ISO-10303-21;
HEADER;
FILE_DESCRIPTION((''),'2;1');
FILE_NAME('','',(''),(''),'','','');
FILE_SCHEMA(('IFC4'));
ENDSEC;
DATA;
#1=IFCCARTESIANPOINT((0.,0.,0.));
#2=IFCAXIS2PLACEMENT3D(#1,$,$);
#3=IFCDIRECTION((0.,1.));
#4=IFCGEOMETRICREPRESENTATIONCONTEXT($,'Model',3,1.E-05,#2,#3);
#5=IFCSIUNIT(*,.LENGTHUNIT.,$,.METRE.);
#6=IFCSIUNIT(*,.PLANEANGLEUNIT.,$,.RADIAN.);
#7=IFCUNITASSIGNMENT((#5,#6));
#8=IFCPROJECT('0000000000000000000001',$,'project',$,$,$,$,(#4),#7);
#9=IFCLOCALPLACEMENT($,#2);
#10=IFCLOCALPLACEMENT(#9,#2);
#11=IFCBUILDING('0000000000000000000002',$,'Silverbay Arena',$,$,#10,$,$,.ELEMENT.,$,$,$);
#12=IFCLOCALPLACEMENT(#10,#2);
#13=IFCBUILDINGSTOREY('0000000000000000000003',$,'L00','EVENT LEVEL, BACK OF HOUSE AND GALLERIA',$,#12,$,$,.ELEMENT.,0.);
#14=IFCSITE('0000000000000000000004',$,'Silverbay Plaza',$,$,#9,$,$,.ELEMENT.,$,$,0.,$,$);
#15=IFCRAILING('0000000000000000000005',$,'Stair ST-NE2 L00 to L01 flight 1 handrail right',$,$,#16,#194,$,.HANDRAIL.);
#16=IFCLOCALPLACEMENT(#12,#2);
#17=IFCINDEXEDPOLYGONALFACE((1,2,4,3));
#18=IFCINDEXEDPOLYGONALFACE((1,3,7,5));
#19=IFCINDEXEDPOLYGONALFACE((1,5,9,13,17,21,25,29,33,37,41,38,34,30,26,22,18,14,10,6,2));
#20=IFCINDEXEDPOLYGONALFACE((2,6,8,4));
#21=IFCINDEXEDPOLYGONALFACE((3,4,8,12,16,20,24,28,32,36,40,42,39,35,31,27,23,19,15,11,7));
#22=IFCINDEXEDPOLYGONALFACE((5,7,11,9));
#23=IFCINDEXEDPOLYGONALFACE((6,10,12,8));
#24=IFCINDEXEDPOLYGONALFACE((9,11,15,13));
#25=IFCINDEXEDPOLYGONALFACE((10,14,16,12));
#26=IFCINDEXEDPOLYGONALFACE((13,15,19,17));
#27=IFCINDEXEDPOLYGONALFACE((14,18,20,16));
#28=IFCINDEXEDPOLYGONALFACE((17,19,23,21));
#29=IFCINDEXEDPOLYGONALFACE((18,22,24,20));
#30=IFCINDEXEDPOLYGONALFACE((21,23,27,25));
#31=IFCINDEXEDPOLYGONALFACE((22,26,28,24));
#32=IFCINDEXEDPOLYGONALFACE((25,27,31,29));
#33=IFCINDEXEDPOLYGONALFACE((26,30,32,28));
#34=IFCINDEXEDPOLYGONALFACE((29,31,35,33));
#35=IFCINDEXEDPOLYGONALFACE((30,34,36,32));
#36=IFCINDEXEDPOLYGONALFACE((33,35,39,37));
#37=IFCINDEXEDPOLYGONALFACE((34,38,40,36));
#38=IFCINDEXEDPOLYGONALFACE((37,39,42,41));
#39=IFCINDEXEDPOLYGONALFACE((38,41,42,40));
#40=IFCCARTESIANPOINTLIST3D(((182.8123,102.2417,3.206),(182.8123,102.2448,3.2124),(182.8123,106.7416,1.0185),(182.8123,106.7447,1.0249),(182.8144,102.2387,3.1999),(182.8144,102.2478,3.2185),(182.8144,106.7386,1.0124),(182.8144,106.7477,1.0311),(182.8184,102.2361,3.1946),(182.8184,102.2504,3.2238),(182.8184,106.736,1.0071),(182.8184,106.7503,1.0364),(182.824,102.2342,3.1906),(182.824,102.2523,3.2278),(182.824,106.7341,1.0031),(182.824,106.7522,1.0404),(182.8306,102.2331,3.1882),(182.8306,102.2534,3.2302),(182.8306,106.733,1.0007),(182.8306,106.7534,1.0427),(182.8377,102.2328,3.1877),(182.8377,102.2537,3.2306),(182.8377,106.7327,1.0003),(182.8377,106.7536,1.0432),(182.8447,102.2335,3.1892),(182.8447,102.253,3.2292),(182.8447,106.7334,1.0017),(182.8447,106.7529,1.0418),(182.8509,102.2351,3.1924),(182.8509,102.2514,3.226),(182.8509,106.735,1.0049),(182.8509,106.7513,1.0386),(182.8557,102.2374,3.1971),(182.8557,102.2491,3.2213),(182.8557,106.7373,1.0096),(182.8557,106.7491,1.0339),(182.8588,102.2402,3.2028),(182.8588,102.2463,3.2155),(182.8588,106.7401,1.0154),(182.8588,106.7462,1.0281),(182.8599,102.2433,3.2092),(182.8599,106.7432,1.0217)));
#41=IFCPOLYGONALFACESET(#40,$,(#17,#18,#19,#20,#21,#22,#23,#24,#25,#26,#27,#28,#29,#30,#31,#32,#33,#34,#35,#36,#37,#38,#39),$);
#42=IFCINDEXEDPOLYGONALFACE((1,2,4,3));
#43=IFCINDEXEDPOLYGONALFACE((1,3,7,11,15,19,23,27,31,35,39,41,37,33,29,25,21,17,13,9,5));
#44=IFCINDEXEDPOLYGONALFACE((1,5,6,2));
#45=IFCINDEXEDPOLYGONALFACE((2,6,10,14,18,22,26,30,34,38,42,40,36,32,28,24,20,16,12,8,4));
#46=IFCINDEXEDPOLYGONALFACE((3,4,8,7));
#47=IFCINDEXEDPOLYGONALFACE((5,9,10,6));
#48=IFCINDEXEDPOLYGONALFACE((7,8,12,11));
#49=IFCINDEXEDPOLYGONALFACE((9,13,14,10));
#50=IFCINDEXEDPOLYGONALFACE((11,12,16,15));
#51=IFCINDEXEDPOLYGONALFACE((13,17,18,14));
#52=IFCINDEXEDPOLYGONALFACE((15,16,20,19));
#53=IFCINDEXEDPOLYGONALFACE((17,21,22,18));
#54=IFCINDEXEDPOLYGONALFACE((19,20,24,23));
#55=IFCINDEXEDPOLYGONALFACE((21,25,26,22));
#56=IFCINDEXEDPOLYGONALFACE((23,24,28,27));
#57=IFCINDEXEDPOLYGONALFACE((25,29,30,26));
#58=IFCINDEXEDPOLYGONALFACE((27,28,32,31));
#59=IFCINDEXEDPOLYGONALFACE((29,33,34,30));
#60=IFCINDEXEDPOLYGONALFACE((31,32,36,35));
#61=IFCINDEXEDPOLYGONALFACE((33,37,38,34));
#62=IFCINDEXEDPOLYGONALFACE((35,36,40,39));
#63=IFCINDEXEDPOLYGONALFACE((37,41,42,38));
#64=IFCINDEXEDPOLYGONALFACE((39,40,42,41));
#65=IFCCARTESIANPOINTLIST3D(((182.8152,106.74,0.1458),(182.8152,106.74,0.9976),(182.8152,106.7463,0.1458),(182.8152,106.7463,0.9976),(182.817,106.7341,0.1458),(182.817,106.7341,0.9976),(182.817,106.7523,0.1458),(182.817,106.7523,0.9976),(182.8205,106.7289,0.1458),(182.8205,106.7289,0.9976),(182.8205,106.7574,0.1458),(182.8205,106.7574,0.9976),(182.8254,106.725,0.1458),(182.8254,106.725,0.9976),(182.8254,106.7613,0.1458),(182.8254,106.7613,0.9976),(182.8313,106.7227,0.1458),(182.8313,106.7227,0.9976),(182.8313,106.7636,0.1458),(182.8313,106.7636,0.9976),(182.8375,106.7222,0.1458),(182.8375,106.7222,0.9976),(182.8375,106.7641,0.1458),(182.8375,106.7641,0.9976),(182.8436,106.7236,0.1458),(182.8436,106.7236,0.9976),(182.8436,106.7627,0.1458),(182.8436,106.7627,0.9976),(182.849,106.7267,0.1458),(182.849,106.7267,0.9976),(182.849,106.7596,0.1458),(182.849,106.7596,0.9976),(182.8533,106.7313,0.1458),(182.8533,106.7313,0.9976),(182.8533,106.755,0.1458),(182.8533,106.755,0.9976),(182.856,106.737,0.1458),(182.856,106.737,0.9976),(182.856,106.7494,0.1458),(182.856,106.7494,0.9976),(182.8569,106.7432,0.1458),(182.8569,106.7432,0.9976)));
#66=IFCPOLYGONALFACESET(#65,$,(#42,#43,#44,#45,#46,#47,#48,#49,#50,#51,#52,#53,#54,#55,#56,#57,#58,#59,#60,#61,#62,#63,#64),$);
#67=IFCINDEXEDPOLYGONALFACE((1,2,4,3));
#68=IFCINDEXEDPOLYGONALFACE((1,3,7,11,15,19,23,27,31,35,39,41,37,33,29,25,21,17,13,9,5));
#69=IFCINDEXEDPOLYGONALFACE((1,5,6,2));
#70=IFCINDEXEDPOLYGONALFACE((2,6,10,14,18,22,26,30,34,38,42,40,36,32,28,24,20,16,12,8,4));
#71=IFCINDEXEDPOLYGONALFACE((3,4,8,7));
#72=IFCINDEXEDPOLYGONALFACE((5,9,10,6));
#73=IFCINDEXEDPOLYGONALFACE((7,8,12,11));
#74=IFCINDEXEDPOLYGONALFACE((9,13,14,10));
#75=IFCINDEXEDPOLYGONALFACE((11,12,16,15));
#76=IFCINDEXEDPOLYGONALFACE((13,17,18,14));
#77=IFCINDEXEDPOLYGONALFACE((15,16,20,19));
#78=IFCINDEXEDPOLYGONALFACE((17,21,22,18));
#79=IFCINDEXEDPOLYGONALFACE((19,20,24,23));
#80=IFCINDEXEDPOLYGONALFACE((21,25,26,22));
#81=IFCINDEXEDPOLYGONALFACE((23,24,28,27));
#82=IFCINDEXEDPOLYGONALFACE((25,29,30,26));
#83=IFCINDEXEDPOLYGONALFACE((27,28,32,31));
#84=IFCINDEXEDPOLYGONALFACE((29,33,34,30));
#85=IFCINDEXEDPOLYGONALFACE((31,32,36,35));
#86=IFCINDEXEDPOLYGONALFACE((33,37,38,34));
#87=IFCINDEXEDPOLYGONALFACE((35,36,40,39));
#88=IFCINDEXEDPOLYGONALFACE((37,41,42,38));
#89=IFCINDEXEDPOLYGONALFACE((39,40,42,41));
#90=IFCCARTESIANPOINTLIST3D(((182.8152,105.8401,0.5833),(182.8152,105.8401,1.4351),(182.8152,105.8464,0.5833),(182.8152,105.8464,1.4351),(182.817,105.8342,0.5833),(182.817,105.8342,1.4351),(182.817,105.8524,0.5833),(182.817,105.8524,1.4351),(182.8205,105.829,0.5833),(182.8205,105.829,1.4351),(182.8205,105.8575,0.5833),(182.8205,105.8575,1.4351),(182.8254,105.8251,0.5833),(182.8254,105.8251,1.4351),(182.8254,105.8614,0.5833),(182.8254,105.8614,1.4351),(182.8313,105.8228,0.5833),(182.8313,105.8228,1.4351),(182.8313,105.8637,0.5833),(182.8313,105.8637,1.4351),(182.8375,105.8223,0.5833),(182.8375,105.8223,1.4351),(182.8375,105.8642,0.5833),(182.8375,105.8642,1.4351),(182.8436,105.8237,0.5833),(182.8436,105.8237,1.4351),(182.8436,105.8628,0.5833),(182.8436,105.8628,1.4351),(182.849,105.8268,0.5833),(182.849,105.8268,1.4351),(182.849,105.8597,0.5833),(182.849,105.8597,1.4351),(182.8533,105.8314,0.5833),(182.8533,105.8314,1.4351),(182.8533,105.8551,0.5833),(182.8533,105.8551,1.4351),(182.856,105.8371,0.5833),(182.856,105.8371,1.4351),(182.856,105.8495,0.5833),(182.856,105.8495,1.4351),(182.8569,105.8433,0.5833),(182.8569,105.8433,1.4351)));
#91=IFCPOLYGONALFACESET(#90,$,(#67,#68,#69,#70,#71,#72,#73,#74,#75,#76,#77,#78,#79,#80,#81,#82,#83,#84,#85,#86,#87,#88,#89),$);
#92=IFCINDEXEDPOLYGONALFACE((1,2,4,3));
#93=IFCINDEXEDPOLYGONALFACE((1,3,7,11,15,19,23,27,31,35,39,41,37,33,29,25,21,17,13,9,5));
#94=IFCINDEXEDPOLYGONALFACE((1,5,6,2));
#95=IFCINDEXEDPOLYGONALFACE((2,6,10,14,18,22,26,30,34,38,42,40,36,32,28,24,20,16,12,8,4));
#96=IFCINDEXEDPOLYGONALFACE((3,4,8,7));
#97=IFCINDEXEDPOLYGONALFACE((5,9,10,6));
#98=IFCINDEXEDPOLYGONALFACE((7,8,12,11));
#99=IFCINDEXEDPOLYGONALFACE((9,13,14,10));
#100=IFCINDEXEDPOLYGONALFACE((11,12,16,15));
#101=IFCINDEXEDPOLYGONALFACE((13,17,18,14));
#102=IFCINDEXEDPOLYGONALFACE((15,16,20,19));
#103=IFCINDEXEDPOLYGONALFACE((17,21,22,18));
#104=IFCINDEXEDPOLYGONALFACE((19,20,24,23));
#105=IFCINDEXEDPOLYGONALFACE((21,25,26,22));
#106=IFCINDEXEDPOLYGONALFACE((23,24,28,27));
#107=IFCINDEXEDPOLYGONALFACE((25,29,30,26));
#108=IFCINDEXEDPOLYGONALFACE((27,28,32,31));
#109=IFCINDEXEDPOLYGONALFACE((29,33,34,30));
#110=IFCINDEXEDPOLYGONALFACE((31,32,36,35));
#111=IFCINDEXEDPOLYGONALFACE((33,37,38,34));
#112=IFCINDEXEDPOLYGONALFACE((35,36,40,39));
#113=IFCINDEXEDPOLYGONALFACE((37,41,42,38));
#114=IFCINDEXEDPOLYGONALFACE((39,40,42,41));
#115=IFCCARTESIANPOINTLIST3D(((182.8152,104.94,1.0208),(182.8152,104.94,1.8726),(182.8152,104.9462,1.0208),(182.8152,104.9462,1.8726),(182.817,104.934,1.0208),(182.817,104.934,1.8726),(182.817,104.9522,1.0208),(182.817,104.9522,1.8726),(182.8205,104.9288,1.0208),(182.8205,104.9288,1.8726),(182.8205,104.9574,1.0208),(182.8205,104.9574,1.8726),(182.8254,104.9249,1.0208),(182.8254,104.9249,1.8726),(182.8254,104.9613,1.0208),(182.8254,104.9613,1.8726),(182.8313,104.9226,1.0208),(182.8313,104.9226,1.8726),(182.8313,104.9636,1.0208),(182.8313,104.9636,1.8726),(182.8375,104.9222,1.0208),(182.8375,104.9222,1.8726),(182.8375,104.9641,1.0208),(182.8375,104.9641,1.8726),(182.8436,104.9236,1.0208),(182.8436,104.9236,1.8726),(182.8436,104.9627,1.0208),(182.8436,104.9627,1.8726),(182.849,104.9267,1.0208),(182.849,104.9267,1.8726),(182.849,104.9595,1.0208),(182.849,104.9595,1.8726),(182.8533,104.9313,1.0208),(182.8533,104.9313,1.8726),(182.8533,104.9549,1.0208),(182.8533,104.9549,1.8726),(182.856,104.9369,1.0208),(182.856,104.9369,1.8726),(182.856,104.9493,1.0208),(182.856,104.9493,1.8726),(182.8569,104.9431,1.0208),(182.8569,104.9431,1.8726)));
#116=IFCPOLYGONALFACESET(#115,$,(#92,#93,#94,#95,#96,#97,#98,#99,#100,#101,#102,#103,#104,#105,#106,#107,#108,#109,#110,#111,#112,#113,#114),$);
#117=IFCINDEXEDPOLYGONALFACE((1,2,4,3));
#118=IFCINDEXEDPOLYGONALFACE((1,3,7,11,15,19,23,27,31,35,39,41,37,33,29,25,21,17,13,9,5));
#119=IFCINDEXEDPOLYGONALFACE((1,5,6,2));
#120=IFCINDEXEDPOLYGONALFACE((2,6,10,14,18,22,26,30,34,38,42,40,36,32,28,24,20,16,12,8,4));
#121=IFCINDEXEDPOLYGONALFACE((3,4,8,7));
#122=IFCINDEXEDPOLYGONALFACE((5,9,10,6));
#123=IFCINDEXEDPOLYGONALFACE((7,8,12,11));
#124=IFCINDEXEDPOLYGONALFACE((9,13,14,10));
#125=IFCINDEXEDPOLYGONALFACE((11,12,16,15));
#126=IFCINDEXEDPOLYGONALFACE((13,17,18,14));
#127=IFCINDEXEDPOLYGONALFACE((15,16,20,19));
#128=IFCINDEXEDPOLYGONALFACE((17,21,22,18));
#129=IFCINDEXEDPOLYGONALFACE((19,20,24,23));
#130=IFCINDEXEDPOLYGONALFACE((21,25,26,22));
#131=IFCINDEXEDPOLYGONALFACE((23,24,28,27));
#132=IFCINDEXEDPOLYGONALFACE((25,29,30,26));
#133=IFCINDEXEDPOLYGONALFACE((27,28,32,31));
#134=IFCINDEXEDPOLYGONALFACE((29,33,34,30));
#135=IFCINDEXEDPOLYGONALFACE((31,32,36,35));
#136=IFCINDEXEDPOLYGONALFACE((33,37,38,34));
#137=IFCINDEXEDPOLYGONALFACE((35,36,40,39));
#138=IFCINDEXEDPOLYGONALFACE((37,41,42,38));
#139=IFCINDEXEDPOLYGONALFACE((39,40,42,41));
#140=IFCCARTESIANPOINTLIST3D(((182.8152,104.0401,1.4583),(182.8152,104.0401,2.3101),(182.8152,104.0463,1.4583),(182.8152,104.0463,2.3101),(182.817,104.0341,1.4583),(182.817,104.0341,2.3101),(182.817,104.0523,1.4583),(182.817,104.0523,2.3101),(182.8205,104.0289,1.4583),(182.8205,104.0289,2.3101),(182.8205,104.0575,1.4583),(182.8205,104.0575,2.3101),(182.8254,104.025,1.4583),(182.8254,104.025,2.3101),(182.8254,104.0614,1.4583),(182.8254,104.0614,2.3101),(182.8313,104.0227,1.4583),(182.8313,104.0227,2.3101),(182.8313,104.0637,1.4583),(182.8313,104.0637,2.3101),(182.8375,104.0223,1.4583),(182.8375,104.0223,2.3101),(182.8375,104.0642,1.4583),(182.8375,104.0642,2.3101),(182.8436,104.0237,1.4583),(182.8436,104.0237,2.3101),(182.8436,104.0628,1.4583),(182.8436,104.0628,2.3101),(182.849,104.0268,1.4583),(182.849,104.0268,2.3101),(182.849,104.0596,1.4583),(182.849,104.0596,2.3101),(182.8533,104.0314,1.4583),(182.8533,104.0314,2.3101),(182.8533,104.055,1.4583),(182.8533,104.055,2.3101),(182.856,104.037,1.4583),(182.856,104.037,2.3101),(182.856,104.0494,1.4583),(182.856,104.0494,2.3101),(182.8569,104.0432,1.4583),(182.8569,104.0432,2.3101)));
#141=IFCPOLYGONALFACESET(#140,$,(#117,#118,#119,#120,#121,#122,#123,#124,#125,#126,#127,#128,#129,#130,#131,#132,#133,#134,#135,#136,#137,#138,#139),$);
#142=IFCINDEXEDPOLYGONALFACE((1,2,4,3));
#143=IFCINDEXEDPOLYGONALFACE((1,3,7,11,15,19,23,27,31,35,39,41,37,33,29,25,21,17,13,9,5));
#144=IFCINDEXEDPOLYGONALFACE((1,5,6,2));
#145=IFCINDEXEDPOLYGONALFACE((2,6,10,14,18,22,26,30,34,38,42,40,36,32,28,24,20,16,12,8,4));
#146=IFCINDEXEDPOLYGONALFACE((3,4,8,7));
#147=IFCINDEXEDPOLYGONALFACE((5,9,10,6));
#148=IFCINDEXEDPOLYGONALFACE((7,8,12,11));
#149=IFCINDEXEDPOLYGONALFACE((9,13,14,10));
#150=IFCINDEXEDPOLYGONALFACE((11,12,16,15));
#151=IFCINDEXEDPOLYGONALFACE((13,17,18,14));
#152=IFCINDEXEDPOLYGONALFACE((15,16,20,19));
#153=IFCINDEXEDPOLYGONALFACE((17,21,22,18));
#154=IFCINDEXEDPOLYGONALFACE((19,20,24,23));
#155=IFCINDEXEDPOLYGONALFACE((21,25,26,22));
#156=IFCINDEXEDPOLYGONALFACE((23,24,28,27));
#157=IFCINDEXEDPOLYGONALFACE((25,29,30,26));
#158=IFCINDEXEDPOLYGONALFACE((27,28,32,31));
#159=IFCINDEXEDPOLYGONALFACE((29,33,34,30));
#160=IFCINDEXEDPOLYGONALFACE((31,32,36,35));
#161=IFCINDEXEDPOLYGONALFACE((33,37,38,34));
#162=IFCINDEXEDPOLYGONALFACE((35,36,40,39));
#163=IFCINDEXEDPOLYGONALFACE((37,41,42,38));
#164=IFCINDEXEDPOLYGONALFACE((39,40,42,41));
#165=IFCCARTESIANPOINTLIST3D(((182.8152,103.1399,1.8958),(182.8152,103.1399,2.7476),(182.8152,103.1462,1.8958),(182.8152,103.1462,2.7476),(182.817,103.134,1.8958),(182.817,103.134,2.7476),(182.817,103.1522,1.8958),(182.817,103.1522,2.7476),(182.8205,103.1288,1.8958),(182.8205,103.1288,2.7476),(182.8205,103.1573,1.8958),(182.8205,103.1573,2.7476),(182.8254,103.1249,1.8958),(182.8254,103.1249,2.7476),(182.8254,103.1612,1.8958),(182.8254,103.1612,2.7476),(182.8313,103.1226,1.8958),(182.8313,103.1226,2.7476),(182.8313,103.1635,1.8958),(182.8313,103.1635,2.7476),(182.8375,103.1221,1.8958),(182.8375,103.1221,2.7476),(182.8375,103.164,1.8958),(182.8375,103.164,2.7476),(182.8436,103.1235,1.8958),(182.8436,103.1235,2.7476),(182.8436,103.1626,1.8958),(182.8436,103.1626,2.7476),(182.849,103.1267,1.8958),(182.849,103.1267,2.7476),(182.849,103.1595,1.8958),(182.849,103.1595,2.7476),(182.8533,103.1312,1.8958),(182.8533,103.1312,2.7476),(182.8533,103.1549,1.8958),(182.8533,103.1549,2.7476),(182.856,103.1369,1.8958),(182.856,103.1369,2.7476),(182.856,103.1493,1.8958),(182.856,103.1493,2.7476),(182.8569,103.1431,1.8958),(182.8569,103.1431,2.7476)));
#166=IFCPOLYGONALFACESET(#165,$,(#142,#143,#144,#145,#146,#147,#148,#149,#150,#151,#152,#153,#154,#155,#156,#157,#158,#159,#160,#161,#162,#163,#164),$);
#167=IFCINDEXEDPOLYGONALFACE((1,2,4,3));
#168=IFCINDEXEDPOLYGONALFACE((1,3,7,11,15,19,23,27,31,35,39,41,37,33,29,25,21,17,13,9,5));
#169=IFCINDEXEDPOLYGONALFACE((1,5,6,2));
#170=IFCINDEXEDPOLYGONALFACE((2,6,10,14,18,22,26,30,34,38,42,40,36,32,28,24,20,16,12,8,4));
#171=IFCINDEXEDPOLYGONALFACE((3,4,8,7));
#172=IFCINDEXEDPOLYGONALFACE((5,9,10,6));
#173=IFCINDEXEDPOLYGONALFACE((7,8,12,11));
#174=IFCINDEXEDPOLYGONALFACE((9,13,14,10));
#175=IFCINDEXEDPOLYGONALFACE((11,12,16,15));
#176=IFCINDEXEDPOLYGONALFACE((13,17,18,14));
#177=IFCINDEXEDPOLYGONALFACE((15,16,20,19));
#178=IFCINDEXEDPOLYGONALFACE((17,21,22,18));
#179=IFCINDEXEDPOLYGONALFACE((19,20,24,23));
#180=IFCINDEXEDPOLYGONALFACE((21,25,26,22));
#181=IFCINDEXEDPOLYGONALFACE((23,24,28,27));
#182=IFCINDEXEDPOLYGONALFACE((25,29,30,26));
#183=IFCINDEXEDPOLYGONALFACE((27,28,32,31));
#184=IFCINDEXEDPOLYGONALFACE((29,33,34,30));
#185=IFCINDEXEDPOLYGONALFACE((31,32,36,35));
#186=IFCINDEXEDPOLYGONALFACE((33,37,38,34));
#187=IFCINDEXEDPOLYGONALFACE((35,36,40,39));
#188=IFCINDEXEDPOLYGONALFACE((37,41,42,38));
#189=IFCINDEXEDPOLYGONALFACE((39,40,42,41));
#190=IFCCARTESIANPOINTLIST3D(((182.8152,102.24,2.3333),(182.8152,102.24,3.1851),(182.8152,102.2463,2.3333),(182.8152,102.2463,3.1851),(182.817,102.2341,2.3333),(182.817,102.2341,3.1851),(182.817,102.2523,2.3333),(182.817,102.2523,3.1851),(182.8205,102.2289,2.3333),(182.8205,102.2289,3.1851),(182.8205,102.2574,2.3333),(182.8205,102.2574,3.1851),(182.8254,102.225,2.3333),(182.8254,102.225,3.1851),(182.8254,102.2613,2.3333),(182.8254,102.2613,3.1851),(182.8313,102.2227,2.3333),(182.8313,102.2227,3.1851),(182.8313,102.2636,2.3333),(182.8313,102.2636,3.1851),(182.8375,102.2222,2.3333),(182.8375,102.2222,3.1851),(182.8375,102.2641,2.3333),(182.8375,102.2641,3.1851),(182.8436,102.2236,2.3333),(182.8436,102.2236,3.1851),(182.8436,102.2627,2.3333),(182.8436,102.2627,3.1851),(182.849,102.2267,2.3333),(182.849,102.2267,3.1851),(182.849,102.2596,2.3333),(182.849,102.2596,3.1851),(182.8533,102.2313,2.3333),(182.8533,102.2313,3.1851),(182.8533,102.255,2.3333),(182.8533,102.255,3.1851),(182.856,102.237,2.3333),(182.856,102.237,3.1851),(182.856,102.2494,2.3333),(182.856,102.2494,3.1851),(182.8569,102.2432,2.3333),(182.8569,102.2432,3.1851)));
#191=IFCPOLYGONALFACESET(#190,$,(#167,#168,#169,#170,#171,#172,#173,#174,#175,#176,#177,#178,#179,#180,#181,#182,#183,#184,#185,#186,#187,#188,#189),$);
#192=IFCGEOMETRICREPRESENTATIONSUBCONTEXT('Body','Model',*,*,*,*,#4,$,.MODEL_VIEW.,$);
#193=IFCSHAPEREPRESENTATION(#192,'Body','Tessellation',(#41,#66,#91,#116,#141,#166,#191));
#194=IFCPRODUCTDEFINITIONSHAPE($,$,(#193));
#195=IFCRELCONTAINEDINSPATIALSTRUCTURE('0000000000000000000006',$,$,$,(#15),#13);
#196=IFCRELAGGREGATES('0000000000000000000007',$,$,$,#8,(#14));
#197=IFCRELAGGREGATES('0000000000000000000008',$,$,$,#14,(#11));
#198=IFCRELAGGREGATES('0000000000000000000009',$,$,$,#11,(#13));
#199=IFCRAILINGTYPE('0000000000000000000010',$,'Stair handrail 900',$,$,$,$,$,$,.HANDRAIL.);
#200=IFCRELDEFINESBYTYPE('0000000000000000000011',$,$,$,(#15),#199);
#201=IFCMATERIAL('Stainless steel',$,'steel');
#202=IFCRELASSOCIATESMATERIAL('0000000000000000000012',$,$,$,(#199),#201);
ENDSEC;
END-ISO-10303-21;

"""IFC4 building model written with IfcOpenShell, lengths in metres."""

from ifc_helpers import new_model, si_unit, direction, frame, origin, origin_2d, place, context, subcontext, project, spatial, circle, extrude, material, type_object, element, save


model = new_model("IFC4")

# Units and contexts
model_context = context("Model", 3, precision=1e-05, world=origin(), true_north=direction((0.0, 1.0)))
body_context = subcontext(model_context, "Body", "Model", "MODEL_VIEW")
ifc_project = project(units=[si_unit("LENGTHUNIT", "METRE"), si_unit("PLANEANGLEUNIT", "RADIAN")], contexts=[model_context])

# Site, building, storey
site_placement = place(None, origin())
site = spatial("IfcSite", under=ifc_project, at=site_placement, Name="Silverbay Plaza", CompositionType="ELEMENT", RefElevation=0.0)
building_placement = place(site_placement, origin())
building = spatial("IfcBuilding", under=site, at=building_placement, Name="Silverbay Arena", CompositionType="ELEMENT")
storey_placement = place(building_placement, origin())
storey = spatial("IfcBuildingStorey", under=building, at=storey_placement, Name="L00", Description="EVENT LEVEL, BACK OF HOUSE AND GALLERIA", CompositionType="ELEMENT", Elevation=0.0)

# Railing
ifc_material_1 = material(Name="Stainless steel", Category="steel")
railing_type_1 = type_object("IfcRailingType", Name="Stair handrail 900", PredefinedType="HANDRAIL", material=ifc_material_1)
for number, where, name in (
    (1, (182.8359, 106.7432, 0.1458), "Stair ST-NE2 L00 to L01 flight 1 handrail right"),
):
    element("IfcRailing", number, at=place(storey_placement, frame(where)), inside=storey, type_object=railing_type_1, Name=name, PredefinedType="HANDRAIL", context=body_context, shape_type="SweptSolid", body=[
        extrude(circle(Radius=0.0239, at=origin_2d()), frame((0.0, 0.0, 0.876), z_axis=(0.0, -0.899368, 0.437193), x_axis=(1.0, 0.0, 0.0)), (0.0, 0.0, 1.0), 5.0034),
        extrude(circle(Radius=0.021, at=origin_2d()), origin(), (0.0, 0.0, 1.0), 0.8518),
        extrude(circle(Radius=0.021, at=origin_2d()), frame((0.0, -0.8999, 0.4375)), (0.0, 0.0, 1.0), 0.8518),
        extrude(circle(Radius=0.021, at=origin_2d()), frame((0.0, -1.8, 0.875)), (0.0, 0.0, 1.0), 0.8518),
        extrude(circle(Radius=0.021, at=origin_2d()), frame((0.0, -2.7, 1.3125)), (0.0, 0.0, 1.0), 0.8518),
        extrude(circle(Radius=0.021, at=origin_2d()), frame((0.0, -3.6001, 1.75)), (0.0, 0.0, 1.0), 0.8518),
        extrude(circle(Radius=0.021, at=origin_2d()), frame((0.0, -4.5, 2.1875)), (0.0, 0.0, 1.0), 0.8518),
    ])

save(model, "model.ifc")
